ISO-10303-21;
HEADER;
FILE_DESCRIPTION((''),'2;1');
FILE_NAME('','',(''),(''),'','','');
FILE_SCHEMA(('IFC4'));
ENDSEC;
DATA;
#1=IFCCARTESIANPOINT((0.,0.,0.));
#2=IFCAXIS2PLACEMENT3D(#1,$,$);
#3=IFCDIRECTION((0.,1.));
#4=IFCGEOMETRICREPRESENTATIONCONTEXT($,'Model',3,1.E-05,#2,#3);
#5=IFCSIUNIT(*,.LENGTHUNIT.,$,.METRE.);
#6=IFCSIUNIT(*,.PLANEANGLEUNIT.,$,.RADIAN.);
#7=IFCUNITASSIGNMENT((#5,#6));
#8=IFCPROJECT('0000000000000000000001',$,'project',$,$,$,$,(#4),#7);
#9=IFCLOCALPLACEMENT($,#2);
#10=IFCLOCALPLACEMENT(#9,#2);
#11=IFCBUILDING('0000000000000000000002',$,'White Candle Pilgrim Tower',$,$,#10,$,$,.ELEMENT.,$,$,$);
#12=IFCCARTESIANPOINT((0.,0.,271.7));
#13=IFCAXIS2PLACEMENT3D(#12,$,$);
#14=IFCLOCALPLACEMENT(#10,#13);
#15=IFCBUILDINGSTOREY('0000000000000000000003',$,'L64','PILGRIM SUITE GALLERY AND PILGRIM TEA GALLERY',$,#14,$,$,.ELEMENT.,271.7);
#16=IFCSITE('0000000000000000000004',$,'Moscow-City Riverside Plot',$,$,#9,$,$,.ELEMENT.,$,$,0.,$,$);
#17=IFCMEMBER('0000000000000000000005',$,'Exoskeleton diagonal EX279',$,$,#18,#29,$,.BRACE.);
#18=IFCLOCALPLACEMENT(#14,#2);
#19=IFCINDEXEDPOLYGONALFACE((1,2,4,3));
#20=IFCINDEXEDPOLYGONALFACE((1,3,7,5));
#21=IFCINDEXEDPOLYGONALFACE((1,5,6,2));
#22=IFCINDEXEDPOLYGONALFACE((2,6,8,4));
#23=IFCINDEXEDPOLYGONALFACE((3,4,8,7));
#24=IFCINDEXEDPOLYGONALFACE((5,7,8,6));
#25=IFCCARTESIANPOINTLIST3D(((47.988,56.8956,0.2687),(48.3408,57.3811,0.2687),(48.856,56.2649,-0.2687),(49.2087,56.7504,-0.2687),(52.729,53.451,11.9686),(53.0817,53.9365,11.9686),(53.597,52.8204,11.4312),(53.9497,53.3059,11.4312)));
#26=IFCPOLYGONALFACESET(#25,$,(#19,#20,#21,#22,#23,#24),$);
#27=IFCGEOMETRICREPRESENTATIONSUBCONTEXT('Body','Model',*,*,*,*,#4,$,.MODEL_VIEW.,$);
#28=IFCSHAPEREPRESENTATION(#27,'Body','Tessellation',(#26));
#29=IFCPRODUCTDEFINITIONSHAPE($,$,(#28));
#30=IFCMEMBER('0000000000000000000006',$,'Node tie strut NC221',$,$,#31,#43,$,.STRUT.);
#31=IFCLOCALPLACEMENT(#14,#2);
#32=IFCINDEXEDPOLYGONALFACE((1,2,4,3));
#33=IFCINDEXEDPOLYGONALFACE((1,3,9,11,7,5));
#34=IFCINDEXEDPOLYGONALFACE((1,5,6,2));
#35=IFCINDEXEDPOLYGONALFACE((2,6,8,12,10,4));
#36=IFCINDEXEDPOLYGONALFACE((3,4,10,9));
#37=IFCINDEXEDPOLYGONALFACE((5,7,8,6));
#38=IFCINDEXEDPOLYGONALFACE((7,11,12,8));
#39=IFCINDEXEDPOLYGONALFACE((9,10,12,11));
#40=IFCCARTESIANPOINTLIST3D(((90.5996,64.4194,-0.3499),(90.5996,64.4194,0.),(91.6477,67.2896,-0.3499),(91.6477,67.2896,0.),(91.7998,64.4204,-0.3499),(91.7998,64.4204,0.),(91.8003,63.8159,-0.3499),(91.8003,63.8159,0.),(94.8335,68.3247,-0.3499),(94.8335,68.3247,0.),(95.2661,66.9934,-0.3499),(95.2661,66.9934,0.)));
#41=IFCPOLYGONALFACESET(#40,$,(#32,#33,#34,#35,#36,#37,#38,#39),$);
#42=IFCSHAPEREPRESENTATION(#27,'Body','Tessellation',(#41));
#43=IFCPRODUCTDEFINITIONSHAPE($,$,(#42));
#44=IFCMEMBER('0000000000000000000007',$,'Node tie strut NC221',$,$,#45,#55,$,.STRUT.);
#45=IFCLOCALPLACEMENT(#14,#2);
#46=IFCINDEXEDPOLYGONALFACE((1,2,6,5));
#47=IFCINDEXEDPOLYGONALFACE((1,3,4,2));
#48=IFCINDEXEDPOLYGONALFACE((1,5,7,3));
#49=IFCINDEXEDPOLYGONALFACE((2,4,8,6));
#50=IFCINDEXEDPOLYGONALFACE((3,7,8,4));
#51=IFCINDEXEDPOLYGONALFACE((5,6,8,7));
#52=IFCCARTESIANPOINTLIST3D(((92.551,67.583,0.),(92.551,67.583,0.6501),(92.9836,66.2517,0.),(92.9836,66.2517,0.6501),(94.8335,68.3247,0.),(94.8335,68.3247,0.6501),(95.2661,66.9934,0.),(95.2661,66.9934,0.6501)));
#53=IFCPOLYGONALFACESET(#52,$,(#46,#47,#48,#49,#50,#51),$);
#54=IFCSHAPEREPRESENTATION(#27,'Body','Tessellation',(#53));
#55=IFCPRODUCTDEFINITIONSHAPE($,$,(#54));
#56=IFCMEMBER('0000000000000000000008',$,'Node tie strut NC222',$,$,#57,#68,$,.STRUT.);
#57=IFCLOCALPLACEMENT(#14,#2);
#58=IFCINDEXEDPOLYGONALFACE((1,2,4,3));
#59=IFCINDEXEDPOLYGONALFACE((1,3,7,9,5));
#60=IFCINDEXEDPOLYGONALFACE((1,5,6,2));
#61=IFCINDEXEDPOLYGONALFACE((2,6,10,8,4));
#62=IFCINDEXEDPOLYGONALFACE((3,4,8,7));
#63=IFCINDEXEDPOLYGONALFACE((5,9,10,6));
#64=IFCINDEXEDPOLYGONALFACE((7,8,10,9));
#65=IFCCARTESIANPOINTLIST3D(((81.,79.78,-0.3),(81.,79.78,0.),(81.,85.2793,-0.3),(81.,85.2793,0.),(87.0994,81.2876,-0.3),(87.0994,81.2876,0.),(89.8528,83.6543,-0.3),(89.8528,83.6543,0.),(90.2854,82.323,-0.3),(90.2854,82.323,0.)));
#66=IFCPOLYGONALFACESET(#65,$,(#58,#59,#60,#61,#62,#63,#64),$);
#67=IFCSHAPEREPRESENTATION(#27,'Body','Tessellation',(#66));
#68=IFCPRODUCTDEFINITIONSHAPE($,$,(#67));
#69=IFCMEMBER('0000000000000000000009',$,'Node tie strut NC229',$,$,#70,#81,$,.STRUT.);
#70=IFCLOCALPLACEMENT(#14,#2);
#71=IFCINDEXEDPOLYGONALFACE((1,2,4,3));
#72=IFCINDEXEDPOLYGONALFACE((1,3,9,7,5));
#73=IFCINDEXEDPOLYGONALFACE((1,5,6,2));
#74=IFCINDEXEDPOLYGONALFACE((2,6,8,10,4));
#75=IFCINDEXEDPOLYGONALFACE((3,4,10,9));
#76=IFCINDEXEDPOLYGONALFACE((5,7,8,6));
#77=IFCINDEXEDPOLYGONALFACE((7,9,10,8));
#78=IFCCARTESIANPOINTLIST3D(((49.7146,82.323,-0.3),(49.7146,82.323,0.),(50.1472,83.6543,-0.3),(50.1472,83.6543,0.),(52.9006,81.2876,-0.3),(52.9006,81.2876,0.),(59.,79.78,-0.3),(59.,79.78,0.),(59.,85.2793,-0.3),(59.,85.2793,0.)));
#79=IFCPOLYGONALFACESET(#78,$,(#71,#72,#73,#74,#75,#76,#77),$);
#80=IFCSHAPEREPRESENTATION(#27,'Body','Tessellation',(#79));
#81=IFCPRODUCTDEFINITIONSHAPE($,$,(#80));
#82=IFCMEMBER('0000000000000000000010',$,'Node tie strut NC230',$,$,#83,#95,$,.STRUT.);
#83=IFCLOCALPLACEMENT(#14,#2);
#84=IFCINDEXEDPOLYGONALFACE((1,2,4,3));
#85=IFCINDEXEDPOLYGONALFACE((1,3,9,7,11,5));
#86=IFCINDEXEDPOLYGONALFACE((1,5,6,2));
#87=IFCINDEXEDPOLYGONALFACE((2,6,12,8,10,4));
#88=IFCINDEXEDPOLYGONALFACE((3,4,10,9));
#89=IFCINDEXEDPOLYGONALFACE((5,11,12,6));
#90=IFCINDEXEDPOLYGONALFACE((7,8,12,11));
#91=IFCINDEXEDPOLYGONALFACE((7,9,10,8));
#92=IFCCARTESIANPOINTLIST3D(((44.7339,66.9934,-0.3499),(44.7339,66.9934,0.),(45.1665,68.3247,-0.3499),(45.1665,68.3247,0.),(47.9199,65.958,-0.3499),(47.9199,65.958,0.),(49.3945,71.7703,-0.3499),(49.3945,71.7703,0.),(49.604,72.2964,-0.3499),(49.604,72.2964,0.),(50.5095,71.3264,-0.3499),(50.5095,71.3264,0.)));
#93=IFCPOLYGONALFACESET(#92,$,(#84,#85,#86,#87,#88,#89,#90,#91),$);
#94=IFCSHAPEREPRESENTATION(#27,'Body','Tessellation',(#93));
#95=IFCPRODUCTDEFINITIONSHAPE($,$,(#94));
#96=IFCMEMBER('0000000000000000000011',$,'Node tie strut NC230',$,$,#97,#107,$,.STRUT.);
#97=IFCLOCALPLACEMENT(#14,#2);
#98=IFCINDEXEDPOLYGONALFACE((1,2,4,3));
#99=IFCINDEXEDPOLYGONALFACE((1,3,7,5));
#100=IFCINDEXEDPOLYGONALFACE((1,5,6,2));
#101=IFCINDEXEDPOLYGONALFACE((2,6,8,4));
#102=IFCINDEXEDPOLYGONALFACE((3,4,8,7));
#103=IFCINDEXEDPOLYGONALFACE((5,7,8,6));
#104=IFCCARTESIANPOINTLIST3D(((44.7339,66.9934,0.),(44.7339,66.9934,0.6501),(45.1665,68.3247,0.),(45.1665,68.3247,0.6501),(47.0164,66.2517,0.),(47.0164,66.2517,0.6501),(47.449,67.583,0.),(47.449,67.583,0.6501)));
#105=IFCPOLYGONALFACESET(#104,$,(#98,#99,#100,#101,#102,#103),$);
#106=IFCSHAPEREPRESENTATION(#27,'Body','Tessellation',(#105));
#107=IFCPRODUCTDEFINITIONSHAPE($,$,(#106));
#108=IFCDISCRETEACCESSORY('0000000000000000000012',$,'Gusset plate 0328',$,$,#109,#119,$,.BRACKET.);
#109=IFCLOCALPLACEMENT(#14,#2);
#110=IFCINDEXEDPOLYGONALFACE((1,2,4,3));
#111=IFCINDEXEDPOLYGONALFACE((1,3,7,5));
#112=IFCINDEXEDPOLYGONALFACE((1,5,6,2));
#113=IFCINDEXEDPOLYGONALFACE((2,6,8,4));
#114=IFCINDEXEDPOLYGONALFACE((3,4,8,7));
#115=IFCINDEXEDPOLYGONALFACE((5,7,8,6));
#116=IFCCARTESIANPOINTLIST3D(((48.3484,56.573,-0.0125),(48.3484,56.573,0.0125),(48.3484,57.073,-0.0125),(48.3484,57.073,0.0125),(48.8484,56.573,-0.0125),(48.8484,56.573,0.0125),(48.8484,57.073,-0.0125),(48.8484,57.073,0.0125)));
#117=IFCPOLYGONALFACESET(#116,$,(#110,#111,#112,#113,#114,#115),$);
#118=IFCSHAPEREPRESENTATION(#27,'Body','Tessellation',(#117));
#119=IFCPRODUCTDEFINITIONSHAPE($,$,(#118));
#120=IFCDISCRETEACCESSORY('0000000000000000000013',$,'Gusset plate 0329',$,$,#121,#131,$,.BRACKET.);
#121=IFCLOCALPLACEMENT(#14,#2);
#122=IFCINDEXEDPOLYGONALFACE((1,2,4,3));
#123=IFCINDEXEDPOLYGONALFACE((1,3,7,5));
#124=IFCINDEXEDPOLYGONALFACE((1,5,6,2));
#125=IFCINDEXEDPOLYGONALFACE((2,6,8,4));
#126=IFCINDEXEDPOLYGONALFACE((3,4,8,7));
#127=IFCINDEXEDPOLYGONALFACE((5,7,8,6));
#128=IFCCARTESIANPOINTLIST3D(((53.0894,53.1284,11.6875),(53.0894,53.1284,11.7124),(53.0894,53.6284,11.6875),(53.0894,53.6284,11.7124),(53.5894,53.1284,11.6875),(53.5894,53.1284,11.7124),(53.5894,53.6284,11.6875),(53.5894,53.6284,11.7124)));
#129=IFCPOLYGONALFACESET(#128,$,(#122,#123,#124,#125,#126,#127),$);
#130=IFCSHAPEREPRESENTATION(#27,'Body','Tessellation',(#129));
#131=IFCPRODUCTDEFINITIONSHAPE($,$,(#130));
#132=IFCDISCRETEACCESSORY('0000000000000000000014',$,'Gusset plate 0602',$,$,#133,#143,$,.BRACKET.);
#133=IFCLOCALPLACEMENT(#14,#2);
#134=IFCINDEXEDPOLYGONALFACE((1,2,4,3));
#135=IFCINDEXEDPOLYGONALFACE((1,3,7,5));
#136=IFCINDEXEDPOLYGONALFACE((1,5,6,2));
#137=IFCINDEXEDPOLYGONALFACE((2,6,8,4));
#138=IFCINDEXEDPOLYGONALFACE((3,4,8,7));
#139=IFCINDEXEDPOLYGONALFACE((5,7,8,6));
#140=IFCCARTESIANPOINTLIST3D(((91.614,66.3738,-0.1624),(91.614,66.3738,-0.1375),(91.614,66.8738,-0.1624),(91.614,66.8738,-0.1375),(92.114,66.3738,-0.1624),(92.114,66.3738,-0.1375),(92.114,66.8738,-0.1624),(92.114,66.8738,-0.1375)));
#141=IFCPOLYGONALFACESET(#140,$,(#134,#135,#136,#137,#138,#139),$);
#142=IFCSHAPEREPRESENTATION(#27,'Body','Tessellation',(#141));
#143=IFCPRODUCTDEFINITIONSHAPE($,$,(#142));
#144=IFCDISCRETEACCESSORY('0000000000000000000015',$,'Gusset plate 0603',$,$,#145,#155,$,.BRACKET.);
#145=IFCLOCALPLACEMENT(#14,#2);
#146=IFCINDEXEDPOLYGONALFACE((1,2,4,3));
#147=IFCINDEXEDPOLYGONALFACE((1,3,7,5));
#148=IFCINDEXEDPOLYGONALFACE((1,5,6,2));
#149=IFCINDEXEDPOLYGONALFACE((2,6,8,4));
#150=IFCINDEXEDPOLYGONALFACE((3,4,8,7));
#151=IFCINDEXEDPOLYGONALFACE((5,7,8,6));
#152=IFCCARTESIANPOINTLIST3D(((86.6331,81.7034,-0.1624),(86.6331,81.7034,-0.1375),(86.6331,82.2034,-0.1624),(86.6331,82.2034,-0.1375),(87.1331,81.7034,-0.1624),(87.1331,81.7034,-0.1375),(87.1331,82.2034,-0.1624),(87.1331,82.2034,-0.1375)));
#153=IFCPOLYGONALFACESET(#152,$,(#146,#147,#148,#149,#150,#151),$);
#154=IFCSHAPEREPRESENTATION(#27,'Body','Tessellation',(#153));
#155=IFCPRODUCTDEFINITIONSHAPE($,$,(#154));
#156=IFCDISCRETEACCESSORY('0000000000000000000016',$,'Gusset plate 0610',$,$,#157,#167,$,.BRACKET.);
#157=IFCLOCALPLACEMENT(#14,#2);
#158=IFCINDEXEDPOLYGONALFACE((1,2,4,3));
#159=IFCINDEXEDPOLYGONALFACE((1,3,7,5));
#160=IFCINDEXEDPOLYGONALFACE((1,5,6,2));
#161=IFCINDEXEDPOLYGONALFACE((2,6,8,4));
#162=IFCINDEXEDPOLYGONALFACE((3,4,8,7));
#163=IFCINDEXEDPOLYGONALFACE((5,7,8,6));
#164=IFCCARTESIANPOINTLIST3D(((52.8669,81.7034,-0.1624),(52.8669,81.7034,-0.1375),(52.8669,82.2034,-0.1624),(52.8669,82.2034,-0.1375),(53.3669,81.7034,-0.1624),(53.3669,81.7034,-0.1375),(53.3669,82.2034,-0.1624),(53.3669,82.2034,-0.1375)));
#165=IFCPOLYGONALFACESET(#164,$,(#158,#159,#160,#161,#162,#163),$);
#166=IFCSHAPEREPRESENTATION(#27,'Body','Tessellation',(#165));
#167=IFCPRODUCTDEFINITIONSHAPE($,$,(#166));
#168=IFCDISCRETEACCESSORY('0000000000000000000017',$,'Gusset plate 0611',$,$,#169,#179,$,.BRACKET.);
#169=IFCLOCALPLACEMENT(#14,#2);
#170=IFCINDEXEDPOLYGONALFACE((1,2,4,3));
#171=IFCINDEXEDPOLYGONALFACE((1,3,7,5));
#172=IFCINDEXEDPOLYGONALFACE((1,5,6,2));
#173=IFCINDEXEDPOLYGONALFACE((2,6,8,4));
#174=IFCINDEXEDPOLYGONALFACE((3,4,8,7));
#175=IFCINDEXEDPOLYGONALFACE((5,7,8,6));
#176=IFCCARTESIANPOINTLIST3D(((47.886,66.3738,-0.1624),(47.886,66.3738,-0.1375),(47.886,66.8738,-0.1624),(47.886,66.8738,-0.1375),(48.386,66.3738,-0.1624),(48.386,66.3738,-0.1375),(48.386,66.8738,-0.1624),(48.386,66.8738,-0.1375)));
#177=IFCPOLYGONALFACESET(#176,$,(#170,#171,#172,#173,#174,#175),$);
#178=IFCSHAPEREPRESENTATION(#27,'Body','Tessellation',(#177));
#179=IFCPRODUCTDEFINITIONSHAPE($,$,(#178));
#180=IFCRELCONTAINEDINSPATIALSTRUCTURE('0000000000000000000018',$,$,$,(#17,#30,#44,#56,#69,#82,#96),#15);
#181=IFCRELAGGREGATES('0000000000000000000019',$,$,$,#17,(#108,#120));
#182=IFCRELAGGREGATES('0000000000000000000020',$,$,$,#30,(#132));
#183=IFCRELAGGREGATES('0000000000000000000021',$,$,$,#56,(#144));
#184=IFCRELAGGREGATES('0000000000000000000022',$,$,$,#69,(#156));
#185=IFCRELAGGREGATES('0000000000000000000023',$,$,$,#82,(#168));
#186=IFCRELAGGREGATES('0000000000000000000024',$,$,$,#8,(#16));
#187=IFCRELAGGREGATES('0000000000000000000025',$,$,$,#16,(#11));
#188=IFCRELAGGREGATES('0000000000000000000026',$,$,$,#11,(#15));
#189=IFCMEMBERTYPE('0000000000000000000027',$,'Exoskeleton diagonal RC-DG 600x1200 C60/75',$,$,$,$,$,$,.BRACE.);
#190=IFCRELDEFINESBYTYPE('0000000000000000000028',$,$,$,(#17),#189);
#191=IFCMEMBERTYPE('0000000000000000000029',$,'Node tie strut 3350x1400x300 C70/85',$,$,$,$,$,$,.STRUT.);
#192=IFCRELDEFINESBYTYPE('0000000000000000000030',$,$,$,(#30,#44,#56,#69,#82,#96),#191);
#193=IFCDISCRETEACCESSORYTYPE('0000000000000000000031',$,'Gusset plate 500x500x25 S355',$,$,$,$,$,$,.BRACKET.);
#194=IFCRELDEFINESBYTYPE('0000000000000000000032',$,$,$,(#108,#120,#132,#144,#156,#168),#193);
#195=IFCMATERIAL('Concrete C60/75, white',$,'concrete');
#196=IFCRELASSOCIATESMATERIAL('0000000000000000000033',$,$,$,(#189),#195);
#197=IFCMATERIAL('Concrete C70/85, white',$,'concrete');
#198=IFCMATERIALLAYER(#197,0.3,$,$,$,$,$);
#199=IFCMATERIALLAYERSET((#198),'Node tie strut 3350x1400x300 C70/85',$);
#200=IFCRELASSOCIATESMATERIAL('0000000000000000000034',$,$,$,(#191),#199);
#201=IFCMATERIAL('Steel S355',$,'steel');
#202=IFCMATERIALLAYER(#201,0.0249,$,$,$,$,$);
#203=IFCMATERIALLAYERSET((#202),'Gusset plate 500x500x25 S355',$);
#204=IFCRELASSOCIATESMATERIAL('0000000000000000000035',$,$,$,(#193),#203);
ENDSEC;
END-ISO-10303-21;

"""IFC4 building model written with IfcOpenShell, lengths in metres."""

from ifc_helpers import new_model, si_unit, direction, frame, origin, origin_2d, place, context, subcontext, project, spatial, polyline, rectangle, outline, extrude, material, layer, layer_set, material_profile, profile_set, type_object, element, aggregate, save


model = new_model("IFC4")

# Units and contexts
model_context = context("Model", 3, precision=1e-05, world=origin(), true_north=direction((0.0, 1.0)))
body_context = subcontext(model_context, "Body", "Model", "MODEL_VIEW")
ifc_project = project(units=[si_unit("LENGTHUNIT", "METRE"), si_unit("PLANEANGLEUNIT", "RADIAN")], contexts=[model_context])

# Site, building, storey
site_placement = place(None, origin())
site = spatial("IfcSite", under=ifc_project, at=site_placement, Name="Moscow-City Riverside Plot", CompositionType="ELEMENT", RefElevation=0.0)
building_placement = place(site_placement, origin())
building = spatial("IfcBuilding", under=site, at=building_placement, Name="White Candle Pilgrim Tower", CompositionType="ELEMENT")
storey_placement = place(building_placement, frame((0.0, 0.0, 271.7)))
storey = spatial("IfcBuildingStorey", under=building, at=storey_placement, Name="L64", Description="PILGRIM SUITE GALLERY AND PILGRIM TEA GALLERY", CompositionType="ELEMENT", Elevation=271.7)

# Members
ifc_material_1 = material(Name="Concrete C60/75, white", Category="concrete")
ifc_material_profile = material_profile(ifc_material_1, rectangle(XDim=0.6001, YDim=1.2, at=origin_2d()), Name="RC-DG 600x1200")
ifc_profile_set = profile_set([ifc_material_profile], Name="Concrete C60/75, white")
member_type_1 = type_object("IfcMemberType", Name="Exoskeleton diagonal RC-DG 600x1200 C60/75", PredefinedType="BRACE", material=ifc_profile_set)
member_1_placement = place(storey_placement, frame((48.5984, 56.823, 0.0), z_axis=(0.362306, -0.263236, 0.894115), x_axis=(0.587793, 0.809012, 0.0)))
member_1 = element("IfcMember", 1, at=member_1_placement, inside=storey, type_object=member_type_1, Name="Exoskeleton diagonal EX279", PredefinedType="BRACE", context=body_context, shape_type="SweptSolid", body=[
    extrude(rectangle(XDim=0.6001, YDim=1.2, at=origin_2d()), origin(), (0.0, 0.0, 1.0), 13.0854),
])
ifc_material_2 = material(Name="Concrete C70/85, white", Category="concrete")
ifc_layer_1 = layer(ifc_material_2, 0.3)
ifc_layer_set_1 = layer_set([ifc_layer_1], Name="Node tie strut 3350x1400x300 C70/85")
member_type_2 = type_object("IfcMemberType", Name="Node tie strut 3350x1400x300 C70/85", PredefinedType="STRUT", material=ifc_layer_set_1)
member_2_placement = place(storey_placement, frame((0.0, 0.0, -0.3499)))
member_2 = element("IfcMember", 2, at=member_2_placement, inside=storey, type_object=member_type_2, Name="Node tie strut NC221", PredefinedType="STRUT", context=body_context, shape_type="SweptSolid", body=[
    extrude(outline(polyline([(91.8003, 63.8159), (95.2661, 66.9934), (94.8335, 68.3247), (91.6477, 67.2896), (90.5996, 64.4194), (91.7998, 64.4204), (91.8003, 63.8159)])), origin(), (0.0, 0.0, 1.0), 0.3499),
])
member_3_placement = place(storey_placement, origin())
element("IfcMember", 3, at=member_3_placement, inside=storey, type_object=member_type_2, Name="Node tie strut NC221", PredefinedType="STRUT", context=body_context, shape_type="SweptSolid", body=[
    extrude(outline(polyline([(92.9836, 66.2517), (95.2661, 66.9934), (94.8335, 68.3247), (92.551, 67.583), (92.9836, 66.2517)])), origin(), (0.0, 0.0, 1.0), 0.6501),
])
member_4_placement = place(storey_placement, frame((0.0, 0.0, -0.3)))
member_4 = element("IfcMember", 4, at=member_4_placement, inside=storey, type_object=member_type_2, Name="Node tie strut NC222", PredefinedType="STRUT", context=body_context, shape_type="SweptSolid", body=[
    extrude(outline(polyline([(81.0, 79.78), (87.0994, 81.2876), (90.2854, 82.323), (89.8528, 83.6543), (81.0, 85.2793), (81.0, 79.78)])), origin(), (0.0, 0.0, 1.0), 0.3),
])
member_5_placement = place(storey_placement, frame((0.0, 0.0, -0.3)))
member_5 = element("IfcMember", 5, at=member_5_placement, inside=storey, type_object=member_type_2, Name="Node tie strut NC229", PredefinedType="STRUT", context=body_context, shape_type="SweptSolid", body=[
    extrude(outline(polyline([(59.0, 79.78), (59.0, 85.2793), (50.1472, 83.6543), (49.7146, 82.323), (52.9006, 81.2876), (59.0, 79.78)])), origin(), (0.0, 0.0, 1.0), 0.3),
])
member_6_placement = place(storey_placement, frame((0.0, 0.0, -0.3499)))
member_6 = element("IfcMember", 6, at=member_6_placement, inside=storey, type_object=member_type_2, Name="Node tie strut NC230", PredefinedType="STRUT", context=body_context, shape_type="SweptSolid", body=[
    extrude(outline(polyline([(47.9199, 65.958), (50.5095, 71.3264), (49.3945, 71.7703), (49.604, 72.2964), (45.1665, 68.3247), (44.7339, 66.9934), (47.9199, 65.958)])), origin(), (0.0, 0.0, 1.0), 0.3499),
])
member_7_placement = place(storey_placement, origin())
element("IfcMember", 7, at=member_7_placement, inside=storey, type_object=member_type_2, Name="Node tie strut NC230", PredefinedType="STRUT", context=body_context, shape_type="SweptSolid", body=[
    extrude(outline(polyline([(47.0164, 66.2517), (47.449, 67.583), (45.1665, 68.3247), (44.7339, 66.9934), (47.0164, 66.2517)])), origin(), (0.0, 0.0, 1.0), 0.6501),
])

# Discrete accessories
ifc_material_3 = material(Name="Steel S355", Category="steel")
ifc_layer_2 = layer(ifc_material_3, 0.0249)
ifc_layer_set_2 = layer_set([ifc_layer_2], Name="Gusset plate 500x500x25 S355")
discrete_accessory_type = type_object("IfcDiscreteAccessoryType", Name="Gusset plate 500x500x25 S355", PredefinedType="BRACKET", material=ifc_layer_set_2)
discrete_accessory_1_placement = place(storey_placement, frame((48.5984, 56.823, -0.0125), z_axis=(0.0, 0.0, 1.0), x_axis=(1.0, 0.0, 0.0)))
discrete_accessory_1 = element("IfcDiscreteAccessory", 8, at=discrete_accessory_1_placement, type_object=discrete_accessory_type, Name="Gusset plate 0328", PredefinedType="BRACKET", context=body_context, shape_type="SweptSolid", body=[
    extrude(rectangle(XDim=0.5, YDim=0.5, at=origin_2d()), origin(), (0.0, 0.0, 1.0), 0.0249),
])
placement = place(building_placement, frame((0.0, 0.0, 283.3999)))
discrete_accessory_2_placement = place(placement, frame((53.3394, 53.3784, -0.0125), z_axis=(0.0, 0.0, 1.0), x_axis=(1.0, 0.0, 0.0)))
discrete_accessory_2 = element("IfcDiscreteAccessory", 9, at=discrete_accessory_2_placement, type_object=discrete_accessory_type, Name="Gusset plate 0329", PredefinedType="BRACKET", context=body_context, shape_type="SweptSolid", body=[
    extrude(rectangle(XDim=0.5, YDim=0.5, at=origin_2d()), origin(), (0.0, 0.0, 1.0), 0.0249),
])
aggregate(member_1, [discrete_accessory_1, discrete_accessory_2])
discrete_accessory_3_placement = place(storey_placement, frame((91.864, 66.6238, -0.1624), z_axis=(0.0, 0.0, 1.0), x_axis=(1.0, 0.0, 0.0)))
discrete_accessory_3 = element("IfcDiscreteAccessory", 10, at=discrete_accessory_3_placement, type_object=discrete_accessory_type, Name="Gusset plate 0602", PredefinedType="BRACKET", context=body_context, shape_type="SweptSolid", body=[
    extrude(rectangle(XDim=0.5, YDim=0.5, at=origin_2d()), origin(), (0.0, 0.0, 1.0), 0.0249),
])
aggregate(member_2, [discrete_accessory_3])
discrete_accessory_4_placement = place(storey_placement, frame((86.8831, 81.9534, -0.1624), z_axis=(0.0, 0.0, 1.0), x_axis=(1.0, 0.0, 0.0)))
discrete_accessory_4 = element("IfcDiscreteAccessory", 11, at=discrete_accessory_4_placement, type_object=discrete_accessory_type, Name="Gusset plate 0603", PredefinedType="BRACKET", context=body_context, shape_type="SweptSolid", body=[
    extrude(rectangle(XDim=0.5, YDim=0.5, at=origin_2d()), origin(), (0.0, 0.0, 1.0), 0.0249),
])
aggregate(member_4, [discrete_accessory_4])
discrete_accessory_5_placement = place(storey_placement, frame((53.1169, 81.9534, -0.1624), z_axis=(0.0, 0.0, 1.0), x_axis=(1.0, 0.0, 0.0)))
discrete_accessory_5 = element("IfcDiscreteAccessory", 12, at=discrete_accessory_5_placement, type_object=discrete_accessory_type, Name="Gusset plate 0610", PredefinedType="BRACKET", context=body_context, shape_type="SweptSolid", body=[
    extrude(rectangle(XDim=0.5, YDim=0.5, at=origin_2d()), origin(), (0.0, 0.0, 1.0), 0.0249),
])
aggregate(member_5, [discrete_accessory_5])
discrete_accessory_6_placement = place(storey_placement, frame((48.136, 66.6238, -0.1624), z_axis=(0.0, 0.0, 1.0), x_axis=(1.0, 0.0, 0.0)))
discrete_accessory_6 = element("IfcDiscreteAccessory", 13, at=discrete_accessory_6_placement, type_object=discrete_accessory_type, Name="Gusset plate 0611", PredefinedType="BRACKET", context=body_context, shape_type="SweptSolid", body=[
    extrude(rectangle(XDim=0.5, YDim=0.5, at=origin_2d()), origin(), (0.0, 0.0, 1.0), 0.0249),
])
aggregate(member_6, [discrete_accessory_6])

save(model, "model.ifc")
